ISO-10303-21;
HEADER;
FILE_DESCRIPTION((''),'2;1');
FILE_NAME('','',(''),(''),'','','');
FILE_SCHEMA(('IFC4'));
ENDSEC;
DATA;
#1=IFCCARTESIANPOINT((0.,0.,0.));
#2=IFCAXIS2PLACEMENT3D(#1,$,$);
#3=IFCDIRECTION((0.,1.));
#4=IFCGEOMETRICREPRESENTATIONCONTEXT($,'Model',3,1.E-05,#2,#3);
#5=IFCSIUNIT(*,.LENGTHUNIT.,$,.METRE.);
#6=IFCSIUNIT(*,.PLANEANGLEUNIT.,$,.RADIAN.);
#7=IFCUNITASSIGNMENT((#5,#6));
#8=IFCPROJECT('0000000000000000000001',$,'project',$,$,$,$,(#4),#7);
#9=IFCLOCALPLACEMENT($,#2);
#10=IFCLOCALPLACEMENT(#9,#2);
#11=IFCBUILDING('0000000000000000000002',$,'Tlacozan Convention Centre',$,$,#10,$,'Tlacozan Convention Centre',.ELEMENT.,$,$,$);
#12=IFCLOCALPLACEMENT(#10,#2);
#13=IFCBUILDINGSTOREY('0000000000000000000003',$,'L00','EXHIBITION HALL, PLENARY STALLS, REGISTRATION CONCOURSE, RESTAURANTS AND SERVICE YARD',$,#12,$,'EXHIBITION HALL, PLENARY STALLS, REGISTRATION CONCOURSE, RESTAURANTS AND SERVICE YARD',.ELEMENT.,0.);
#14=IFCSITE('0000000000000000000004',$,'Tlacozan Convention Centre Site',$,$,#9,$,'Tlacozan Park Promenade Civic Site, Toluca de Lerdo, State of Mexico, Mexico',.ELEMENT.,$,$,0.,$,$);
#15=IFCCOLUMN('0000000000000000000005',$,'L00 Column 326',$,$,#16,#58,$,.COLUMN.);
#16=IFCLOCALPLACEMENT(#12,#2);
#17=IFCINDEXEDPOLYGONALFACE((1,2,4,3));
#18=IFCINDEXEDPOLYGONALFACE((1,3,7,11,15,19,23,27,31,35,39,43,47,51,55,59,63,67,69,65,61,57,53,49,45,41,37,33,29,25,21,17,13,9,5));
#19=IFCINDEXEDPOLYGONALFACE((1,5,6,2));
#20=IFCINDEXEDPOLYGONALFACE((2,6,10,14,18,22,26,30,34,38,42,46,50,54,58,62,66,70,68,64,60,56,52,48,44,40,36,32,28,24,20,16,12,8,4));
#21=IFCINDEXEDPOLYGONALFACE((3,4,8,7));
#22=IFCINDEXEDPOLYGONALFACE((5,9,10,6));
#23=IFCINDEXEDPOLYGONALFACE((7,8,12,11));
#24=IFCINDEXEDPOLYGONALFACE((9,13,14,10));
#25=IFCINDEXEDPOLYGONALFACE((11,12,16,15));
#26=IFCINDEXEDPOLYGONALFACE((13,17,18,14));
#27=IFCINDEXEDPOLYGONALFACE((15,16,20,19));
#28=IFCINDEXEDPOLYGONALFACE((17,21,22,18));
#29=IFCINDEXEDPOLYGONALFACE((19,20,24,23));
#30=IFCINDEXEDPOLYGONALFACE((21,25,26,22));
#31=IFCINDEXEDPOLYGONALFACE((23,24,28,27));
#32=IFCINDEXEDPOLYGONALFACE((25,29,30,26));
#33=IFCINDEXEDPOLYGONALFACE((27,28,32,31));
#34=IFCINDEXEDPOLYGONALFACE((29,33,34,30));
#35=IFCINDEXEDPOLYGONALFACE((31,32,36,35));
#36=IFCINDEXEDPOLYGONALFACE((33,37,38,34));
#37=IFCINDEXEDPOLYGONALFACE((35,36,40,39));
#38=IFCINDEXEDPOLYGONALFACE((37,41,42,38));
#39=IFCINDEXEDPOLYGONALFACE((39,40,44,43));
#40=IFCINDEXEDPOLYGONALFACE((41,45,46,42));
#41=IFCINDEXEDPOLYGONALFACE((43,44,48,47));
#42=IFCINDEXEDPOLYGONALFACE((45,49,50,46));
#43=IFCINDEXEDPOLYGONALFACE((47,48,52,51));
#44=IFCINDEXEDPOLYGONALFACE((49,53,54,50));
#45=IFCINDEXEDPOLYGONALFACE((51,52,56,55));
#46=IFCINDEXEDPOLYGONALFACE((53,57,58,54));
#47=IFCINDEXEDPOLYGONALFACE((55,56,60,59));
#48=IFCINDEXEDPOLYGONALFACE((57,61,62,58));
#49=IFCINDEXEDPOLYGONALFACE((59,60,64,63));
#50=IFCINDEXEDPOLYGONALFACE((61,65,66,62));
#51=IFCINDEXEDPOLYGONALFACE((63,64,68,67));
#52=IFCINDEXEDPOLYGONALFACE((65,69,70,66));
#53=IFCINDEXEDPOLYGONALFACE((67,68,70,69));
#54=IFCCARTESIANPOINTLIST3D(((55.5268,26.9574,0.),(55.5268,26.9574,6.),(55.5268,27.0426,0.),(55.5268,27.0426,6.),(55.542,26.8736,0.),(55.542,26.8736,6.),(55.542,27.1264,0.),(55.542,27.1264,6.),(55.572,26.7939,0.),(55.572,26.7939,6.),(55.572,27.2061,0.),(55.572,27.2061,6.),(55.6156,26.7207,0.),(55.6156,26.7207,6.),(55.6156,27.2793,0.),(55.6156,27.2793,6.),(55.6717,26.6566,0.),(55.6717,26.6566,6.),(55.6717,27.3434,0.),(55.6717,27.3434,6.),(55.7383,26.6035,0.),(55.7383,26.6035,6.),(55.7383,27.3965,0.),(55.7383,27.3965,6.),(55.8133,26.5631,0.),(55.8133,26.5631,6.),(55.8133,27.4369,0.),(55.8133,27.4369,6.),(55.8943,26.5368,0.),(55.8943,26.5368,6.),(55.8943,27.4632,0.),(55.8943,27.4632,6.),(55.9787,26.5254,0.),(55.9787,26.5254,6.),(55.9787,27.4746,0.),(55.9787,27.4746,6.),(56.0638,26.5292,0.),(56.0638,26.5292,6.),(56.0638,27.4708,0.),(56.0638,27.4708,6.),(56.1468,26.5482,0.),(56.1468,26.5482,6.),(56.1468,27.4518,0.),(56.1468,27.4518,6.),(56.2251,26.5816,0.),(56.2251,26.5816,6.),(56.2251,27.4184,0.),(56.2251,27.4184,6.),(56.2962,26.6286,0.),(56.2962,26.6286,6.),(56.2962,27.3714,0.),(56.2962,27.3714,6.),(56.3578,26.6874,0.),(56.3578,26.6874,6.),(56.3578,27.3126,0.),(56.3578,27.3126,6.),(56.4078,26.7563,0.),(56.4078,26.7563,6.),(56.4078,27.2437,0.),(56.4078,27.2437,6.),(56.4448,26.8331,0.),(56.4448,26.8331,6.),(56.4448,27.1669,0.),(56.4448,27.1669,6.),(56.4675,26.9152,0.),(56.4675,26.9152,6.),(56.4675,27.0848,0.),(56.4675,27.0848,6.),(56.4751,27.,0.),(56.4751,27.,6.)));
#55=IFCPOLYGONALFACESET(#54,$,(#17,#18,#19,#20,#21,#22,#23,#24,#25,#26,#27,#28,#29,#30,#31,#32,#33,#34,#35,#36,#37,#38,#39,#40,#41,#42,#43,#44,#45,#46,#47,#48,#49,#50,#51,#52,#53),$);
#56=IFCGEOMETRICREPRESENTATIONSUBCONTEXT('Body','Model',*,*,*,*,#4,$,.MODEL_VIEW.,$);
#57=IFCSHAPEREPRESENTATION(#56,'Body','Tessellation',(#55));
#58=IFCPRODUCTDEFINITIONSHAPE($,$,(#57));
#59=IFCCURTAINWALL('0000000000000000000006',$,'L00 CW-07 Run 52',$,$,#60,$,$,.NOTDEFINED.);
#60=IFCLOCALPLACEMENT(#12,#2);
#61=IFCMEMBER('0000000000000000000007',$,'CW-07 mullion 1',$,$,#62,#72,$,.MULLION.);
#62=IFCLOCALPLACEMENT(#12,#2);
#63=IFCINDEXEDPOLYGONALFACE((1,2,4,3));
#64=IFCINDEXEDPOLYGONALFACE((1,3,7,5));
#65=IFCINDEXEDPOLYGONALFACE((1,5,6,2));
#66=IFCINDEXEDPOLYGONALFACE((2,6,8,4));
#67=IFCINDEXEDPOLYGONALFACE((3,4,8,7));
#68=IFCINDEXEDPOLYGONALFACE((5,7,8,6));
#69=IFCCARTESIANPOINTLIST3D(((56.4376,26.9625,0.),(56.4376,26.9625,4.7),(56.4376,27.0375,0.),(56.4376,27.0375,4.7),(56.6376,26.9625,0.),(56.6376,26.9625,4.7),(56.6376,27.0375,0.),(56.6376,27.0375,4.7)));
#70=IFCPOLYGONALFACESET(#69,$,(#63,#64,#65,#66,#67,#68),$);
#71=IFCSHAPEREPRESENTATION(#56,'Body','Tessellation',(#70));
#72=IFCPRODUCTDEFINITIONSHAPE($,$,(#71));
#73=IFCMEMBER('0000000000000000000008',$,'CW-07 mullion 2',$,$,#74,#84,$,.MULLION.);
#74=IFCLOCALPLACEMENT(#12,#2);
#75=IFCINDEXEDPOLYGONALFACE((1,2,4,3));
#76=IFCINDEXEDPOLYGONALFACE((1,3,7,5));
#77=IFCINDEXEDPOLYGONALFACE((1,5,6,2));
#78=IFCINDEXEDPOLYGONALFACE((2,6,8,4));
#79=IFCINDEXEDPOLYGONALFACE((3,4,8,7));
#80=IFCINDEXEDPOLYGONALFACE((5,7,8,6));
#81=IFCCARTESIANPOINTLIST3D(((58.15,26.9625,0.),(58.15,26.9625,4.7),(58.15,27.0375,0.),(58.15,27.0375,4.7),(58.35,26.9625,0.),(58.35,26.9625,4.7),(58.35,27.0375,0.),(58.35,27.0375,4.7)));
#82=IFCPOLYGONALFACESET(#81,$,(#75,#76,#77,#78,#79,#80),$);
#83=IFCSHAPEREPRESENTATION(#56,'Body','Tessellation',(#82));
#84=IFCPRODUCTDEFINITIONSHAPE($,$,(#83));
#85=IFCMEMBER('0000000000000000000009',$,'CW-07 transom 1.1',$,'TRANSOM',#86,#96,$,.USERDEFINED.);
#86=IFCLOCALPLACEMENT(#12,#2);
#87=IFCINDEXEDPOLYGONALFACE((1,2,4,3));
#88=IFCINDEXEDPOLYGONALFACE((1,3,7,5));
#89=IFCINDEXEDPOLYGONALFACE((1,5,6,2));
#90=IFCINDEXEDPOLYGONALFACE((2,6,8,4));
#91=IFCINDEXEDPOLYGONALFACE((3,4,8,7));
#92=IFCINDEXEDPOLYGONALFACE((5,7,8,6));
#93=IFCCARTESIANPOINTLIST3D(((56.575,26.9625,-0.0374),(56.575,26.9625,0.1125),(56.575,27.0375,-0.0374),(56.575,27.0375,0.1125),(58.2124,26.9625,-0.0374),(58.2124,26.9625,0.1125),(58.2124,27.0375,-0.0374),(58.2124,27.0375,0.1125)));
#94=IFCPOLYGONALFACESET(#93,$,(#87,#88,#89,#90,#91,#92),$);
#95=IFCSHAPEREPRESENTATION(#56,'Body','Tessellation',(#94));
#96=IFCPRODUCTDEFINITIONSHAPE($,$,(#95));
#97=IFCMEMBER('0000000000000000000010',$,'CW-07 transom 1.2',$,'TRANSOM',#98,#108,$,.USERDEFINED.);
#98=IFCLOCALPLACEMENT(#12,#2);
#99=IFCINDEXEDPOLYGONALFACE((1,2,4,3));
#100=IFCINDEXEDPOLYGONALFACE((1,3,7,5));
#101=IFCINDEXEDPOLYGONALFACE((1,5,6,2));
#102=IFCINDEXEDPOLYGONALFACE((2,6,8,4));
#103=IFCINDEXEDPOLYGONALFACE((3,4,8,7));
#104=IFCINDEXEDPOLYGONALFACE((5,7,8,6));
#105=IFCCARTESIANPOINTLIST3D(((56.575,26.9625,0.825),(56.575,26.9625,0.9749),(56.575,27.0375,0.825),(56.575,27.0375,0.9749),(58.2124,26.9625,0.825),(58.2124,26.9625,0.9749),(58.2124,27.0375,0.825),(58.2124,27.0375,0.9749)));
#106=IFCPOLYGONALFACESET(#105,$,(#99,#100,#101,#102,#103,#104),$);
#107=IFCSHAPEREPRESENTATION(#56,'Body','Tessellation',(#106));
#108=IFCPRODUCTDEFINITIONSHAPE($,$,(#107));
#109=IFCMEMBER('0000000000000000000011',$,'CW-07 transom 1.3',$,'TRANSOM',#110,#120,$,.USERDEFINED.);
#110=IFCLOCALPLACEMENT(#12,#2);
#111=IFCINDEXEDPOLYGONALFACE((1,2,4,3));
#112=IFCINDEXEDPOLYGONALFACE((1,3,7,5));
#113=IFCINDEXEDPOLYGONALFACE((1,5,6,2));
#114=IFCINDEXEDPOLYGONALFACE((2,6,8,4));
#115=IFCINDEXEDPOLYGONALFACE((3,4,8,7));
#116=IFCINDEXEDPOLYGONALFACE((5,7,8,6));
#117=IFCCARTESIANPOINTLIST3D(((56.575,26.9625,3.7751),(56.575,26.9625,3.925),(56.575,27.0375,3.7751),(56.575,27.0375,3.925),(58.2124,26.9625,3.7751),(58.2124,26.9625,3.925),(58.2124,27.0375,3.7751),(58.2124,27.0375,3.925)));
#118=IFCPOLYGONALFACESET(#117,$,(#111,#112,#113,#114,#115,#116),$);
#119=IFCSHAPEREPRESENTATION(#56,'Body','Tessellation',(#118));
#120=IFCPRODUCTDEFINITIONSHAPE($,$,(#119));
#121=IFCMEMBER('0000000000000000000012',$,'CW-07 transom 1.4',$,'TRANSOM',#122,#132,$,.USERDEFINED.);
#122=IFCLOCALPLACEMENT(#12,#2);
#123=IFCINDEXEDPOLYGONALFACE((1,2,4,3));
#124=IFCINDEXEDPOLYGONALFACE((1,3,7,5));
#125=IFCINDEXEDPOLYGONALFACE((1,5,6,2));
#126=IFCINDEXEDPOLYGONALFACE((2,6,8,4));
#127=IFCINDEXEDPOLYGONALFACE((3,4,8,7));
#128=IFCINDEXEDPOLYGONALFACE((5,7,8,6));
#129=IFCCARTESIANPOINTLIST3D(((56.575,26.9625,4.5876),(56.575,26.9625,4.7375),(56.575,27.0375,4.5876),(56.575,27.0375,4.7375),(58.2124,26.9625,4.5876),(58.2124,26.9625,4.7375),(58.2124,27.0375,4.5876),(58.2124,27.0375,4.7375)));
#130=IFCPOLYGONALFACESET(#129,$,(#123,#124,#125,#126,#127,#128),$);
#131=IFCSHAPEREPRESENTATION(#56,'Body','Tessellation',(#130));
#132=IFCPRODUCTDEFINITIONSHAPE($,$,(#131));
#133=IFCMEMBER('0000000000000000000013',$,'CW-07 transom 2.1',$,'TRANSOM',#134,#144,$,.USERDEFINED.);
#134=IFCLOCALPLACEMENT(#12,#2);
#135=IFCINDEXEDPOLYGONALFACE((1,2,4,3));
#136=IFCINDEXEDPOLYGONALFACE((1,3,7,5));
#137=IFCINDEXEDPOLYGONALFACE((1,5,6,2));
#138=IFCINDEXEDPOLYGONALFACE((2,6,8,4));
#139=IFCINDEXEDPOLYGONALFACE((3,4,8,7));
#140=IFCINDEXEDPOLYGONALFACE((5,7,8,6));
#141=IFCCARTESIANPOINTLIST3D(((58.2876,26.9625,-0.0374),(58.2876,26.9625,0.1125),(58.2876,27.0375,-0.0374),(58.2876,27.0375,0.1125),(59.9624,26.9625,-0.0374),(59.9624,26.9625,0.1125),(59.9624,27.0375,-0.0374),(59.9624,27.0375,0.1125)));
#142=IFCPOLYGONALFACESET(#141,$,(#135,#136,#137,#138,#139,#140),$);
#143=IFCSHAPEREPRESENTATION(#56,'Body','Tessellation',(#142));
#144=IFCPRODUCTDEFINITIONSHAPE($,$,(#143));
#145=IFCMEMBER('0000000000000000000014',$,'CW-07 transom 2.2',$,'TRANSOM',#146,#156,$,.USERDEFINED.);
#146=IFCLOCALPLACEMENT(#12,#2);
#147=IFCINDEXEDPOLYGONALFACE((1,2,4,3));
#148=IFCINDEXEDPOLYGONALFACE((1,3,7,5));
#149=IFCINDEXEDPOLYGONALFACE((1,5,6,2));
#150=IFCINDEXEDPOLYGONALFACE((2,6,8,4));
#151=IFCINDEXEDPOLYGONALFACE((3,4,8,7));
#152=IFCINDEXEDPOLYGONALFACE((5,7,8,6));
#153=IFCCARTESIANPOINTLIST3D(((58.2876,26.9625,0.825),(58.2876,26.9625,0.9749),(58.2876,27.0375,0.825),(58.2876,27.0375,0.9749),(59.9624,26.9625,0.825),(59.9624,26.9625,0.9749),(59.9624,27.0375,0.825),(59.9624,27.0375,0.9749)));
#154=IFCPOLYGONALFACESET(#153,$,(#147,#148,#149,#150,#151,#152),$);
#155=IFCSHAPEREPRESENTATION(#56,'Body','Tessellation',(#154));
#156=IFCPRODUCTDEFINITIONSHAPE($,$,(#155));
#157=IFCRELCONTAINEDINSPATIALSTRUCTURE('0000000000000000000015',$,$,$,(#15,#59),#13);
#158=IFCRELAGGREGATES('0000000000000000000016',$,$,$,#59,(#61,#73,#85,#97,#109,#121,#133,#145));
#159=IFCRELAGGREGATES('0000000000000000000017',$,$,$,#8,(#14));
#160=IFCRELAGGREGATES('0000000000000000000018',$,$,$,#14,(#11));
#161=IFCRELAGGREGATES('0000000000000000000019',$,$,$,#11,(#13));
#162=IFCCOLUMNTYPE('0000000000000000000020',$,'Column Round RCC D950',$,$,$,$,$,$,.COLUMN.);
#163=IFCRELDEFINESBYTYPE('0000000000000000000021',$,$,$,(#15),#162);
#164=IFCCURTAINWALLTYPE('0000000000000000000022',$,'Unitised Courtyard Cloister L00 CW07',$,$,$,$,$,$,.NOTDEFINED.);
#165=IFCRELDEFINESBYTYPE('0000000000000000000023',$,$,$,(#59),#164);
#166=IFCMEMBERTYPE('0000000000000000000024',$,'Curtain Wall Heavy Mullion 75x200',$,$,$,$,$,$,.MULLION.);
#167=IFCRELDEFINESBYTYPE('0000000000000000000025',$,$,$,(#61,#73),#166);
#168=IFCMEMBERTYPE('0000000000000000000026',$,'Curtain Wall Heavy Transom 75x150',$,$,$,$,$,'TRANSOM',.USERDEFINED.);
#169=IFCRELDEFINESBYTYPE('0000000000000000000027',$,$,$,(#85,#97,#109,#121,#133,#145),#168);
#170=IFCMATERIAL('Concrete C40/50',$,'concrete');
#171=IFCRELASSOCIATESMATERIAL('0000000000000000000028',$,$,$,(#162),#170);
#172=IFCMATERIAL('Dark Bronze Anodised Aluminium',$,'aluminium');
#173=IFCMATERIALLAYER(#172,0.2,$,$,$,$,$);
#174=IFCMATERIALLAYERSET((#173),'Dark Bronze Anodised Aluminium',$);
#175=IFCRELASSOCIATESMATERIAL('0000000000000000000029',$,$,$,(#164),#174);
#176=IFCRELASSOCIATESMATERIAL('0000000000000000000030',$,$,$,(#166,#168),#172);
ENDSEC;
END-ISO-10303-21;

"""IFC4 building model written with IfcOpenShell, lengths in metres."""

from ifc_helpers import new_model, si_unit, direction, frame, origin, origin_2d, place, context, subcontext, project, spatial, rectangle, circle, extrude, material, layer, layer_set, material_profile, profile_set, type_object, element, aggregate, save


model = new_model("IFC4")

# Units and contexts
model_context = context("Model", 3, precision=1e-05, world=origin(), true_north=direction((0.0, 1.0)))
body_context = subcontext(model_context, "Body", "Model", "MODEL_VIEW")
ifc_project = project(units=[si_unit("LENGTHUNIT", "METRE"), si_unit("PLANEANGLEUNIT", "RADIAN")], contexts=[model_context])

# Site, building, storey
site_placement = place(None, origin())
site = spatial("IfcSite", under=ifc_project, at=site_placement, Name="Tlacozan Convention Centre Site", LongName="Tlacozan Park Promenade Civic Site, Toluca de Lerdo, State of Mexico, Mexico", CompositionType="ELEMENT", RefElevation=0.0)
building_placement = place(site_placement, origin())
building = spatial("IfcBuilding", under=site, at=building_placement, Name="Tlacozan Convention Centre", LongName="Tlacozan Convention Centre", CompositionType="ELEMENT")
storey_placement = place(building_placement, origin())
storey = spatial("IfcBuildingStorey", under=building, at=storey_placement, Name="L00", Description="EXHIBITION HALL, PLENARY STALLS, REGISTRATION CONCOURSE, RESTAURANTS AND SERVICE YARD", LongName="EXHIBITION HALL, PLENARY STALLS, REGISTRATION CONCOURSE, RESTAURANTS AND SERVICE YARD", CompositionType="ELEMENT", Elevation=0.0)

# Column
ifc_material_1 = material(Name="Concrete C40/50", Category="concrete")
ifc_material_profile_1 = material_profile(ifc_material_1, circle(Radius=0.4751, at=origin_2d()), Name="RCC D950")
ifc_profile_set_1 = profile_set([ifc_material_profile_1], Name="Concrete C40/50")
column_type = type_object("IfcColumnType", Name="Column Round RCC D950", PredefinedType="COLUMN", material=ifc_profile_set_1)
column_placement = place(storey_placement, frame((56.0, 27.0, 0.0), z_axis=(0.0, 0.0, 1.0), x_axis=(1.0, 0.0, 0.0)))
element("IfcColumn", 1, at=column_placement, inside=storey, type_object=column_type, Name="L00 Column 326", PredefinedType="COLUMN", context=body_context, shape_type="SweptSolid", body=[
    extrude(circle(Radius=0.4751, at=origin_2d()), origin(), (0.0, 0.0, 1.0), 6.0),
])

# Curtain wall, members
ifc_material_2 = material(Name="Dark Bronze Anodised Aluminium", Category="aluminium")
ifc_layer_1 = layer(ifc_material_2, 0.2)
ifc_layer_set_1 = layer_set([ifc_layer_1], Name="Dark Bronze Anodised Aluminium")
curtain_wall_type = type_object("IfcCurtainWallType", Name="Unitised Courtyard Cloister L00 CW07", PredefinedType="NOTDEFINED", material=ifc_layer_set_1)
curtain_wall_placement = place(storey_placement, origin())
curtain_wall = element("IfcCurtainWall", 2, at=curtain_wall_placement, inside=storey, type_object=curtain_wall_type, Name="L00 CW-07 Run 52", PredefinedType="NOTDEFINED")
ifc_material_profile_2 = material_profile(ifc_material_2, rectangle(XDim=0.075, YDim=0.2, at=origin_2d()), Name="ALU 75x200")
ifc_profile_set_2 = profile_set([ifc_material_profile_2], Name="Dark Bronze Anodised Aluminium")
member_type_1 = type_object("IfcMemberType", Name="Curtain Wall Heavy Mullion 75x200", PredefinedType="MULLION", material=ifc_profile_set_2)
member_1_placement = place(storey_placement, frame((56.5376, 27.0, 0.0), z_axis=(0.0, 0.0, 1.0), x_axis=(0.0, 1.0, 0.0)))
member_1 = element("IfcMember", 3, at=member_1_placement, type_object=member_type_1, Name="CW-07 mullion 1", PredefinedType="MULLION", context=body_context, shape_type="SweptSolid", body=[
    extrude(rectangle(XDim=0.075, YDim=0.2, at=origin_2d()), origin(), (0.0, 0.0, 1.0), 4.7),
])
member_2_placement = place(storey_placement, frame((58.25, 27.0, 0.0), z_axis=(0.0, 0.0, 1.0), x_axis=(0.0, 1.0, 0.0)))
member_2 = element("IfcMember", 4, at=member_2_placement, type_object=member_type_1, Name="CW-07 mullion 2", PredefinedType="MULLION", context=body_context, shape_type="SweptSolid", body=[
    extrude(rectangle(XDim=0.075, YDim=0.2, at=origin_2d()), origin(), (0.0, 0.0, 1.0), 4.7),
])
ifc_material_profile_3 = material_profile(ifc_material_2, rectangle(XDim=0.075, YDim=0.1499, at=origin_2d()), Name="ALU 75x150")
ifc_profile_set_3 = profile_set([ifc_material_profile_3], Name="Dark Bronze Anodised Aluminium")
member_type_2 = type_object("IfcMemberType", Name="Curtain Wall Heavy Transom 75x150", ElementType="TRANSOM", PredefinedType="USERDEFINED", material=ifc_profile_set_3)
member_3_placement = place(storey_placement, frame((56.575, 27.0, 0.0376), z_axis=(1.0, 0.0, 0.0), x_axis=(0.0, 1.0, 0.0)))
member_3 = element("IfcMember", 5, at=member_3_placement, type_object=member_type_2, Name="CW-07 transom 1.1", ObjectType="TRANSOM", PredefinedType="USERDEFINED", context=body_context, shape_type="SweptSolid", body=[
    extrude(rectangle(XDim=0.075, YDim=0.1499, at=origin_2d()), origin(), (0.0, 0.0, 1.0), 1.6375),
])
member_4_placement = place(storey_placement, frame((56.575, 27.0, 0.8999), z_axis=(1.0, 0.0, 0.0), x_axis=(0.0, 1.0, 0.0)))
member_4 = element("IfcMember", 6, at=member_4_placement, type_object=member_type_2, Name="CW-07 transom 1.2", ObjectType="TRANSOM", PredefinedType="USERDEFINED", context=body_context, shape_type="SweptSolid", body=[
    extrude(rectangle(XDim=0.075, YDim=0.1499, at=origin_2d()), origin(), (0.0, 0.0, 1.0), 1.6375),
])
member_5_placement = place(storey_placement, frame((56.575, 27.0, 3.8501), z_axis=(1.0, 0.0, 0.0), x_axis=(0.0, 1.0, 0.0)))
member_5 = element("IfcMember", 7, at=member_5_placement, type_object=member_type_2, Name="CW-07 transom 1.3", ObjectType="TRANSOM", PredefinedType="USERDEFINED", context=body_context, shape_type="SweptSolid", body=[
    extrude(rectangle(XDim=0.075, YDim=0.1499, at=origin_2d()), origin(), (0.0, 0.0, 1.0), 1.6375),
])
member_6_placement = place(storey_placement, frame((56.575, 27.0, 4.6626), z_axis=(1.0, 0.0, 0.0), x_axis=(0.0, 1.0, 0.0)))
member_6 = element("IfcMember", 8, at=member_6_placement, type_object=member_type_2, Name="CW-07 transom 1.4", ObjectType="TRANSOM", PredefinedType="USERDEFINED", context=body_context, shape_type="SweptSolid", body=[
    extrude(rectangle(XDim=0.075, YDim=0.1499, at=origin_2d()), origin(), (0.0, 0.0, 1.0), 1.6375),
])
member_7_placement = place(storey_placement, frame((58.2876, 27.0, 0.0376), z_axis=(1.0, 0.0, 0.0), x_axis=(0.0, 1.0, 0.0)))
member_7 = element("IfcMember", 9, at=member_7_placement, type_object=member_type_2, Name="CW-07 transom 2.1", ObjectType="TRANSOM", PredefinedType="USERDEFINED", context=body_context, shape_type="SweptSolid", body=[
    extrude(rectangle(XDim=0.075, YDim=0.1499, at=origin_2d()), origin(), (0.0, 0.0, 1.0), 1.6748),
])
member_8_placement = place(storey_placement, frame((58.2876, 27.0, 0.8999), z_axis=(1.0, 0.0, 0.0), x_axis=(0.0, 1.0, 0.0)))
member_8 = element("IfcMember", 10, at=member_8_placement, type_object=member_type_2, Name="CW-07 transom 2.2", ObjectType="TRANSOM", PredefinedType="USERDEFINED", context=body_context, shape_type="SweptSolid", body=[
    extrude(rectangle(XDim=0.075, YDim=0.1499, at=origin_2d()), origin(), (0.0, 0.0, 1.0), 1.6748),
])

aggregate(curtain_wall, [member_1, member_2, member_3, member_4, member_5, member_6, member_7, member_8])

save(model, "model.ifc")
